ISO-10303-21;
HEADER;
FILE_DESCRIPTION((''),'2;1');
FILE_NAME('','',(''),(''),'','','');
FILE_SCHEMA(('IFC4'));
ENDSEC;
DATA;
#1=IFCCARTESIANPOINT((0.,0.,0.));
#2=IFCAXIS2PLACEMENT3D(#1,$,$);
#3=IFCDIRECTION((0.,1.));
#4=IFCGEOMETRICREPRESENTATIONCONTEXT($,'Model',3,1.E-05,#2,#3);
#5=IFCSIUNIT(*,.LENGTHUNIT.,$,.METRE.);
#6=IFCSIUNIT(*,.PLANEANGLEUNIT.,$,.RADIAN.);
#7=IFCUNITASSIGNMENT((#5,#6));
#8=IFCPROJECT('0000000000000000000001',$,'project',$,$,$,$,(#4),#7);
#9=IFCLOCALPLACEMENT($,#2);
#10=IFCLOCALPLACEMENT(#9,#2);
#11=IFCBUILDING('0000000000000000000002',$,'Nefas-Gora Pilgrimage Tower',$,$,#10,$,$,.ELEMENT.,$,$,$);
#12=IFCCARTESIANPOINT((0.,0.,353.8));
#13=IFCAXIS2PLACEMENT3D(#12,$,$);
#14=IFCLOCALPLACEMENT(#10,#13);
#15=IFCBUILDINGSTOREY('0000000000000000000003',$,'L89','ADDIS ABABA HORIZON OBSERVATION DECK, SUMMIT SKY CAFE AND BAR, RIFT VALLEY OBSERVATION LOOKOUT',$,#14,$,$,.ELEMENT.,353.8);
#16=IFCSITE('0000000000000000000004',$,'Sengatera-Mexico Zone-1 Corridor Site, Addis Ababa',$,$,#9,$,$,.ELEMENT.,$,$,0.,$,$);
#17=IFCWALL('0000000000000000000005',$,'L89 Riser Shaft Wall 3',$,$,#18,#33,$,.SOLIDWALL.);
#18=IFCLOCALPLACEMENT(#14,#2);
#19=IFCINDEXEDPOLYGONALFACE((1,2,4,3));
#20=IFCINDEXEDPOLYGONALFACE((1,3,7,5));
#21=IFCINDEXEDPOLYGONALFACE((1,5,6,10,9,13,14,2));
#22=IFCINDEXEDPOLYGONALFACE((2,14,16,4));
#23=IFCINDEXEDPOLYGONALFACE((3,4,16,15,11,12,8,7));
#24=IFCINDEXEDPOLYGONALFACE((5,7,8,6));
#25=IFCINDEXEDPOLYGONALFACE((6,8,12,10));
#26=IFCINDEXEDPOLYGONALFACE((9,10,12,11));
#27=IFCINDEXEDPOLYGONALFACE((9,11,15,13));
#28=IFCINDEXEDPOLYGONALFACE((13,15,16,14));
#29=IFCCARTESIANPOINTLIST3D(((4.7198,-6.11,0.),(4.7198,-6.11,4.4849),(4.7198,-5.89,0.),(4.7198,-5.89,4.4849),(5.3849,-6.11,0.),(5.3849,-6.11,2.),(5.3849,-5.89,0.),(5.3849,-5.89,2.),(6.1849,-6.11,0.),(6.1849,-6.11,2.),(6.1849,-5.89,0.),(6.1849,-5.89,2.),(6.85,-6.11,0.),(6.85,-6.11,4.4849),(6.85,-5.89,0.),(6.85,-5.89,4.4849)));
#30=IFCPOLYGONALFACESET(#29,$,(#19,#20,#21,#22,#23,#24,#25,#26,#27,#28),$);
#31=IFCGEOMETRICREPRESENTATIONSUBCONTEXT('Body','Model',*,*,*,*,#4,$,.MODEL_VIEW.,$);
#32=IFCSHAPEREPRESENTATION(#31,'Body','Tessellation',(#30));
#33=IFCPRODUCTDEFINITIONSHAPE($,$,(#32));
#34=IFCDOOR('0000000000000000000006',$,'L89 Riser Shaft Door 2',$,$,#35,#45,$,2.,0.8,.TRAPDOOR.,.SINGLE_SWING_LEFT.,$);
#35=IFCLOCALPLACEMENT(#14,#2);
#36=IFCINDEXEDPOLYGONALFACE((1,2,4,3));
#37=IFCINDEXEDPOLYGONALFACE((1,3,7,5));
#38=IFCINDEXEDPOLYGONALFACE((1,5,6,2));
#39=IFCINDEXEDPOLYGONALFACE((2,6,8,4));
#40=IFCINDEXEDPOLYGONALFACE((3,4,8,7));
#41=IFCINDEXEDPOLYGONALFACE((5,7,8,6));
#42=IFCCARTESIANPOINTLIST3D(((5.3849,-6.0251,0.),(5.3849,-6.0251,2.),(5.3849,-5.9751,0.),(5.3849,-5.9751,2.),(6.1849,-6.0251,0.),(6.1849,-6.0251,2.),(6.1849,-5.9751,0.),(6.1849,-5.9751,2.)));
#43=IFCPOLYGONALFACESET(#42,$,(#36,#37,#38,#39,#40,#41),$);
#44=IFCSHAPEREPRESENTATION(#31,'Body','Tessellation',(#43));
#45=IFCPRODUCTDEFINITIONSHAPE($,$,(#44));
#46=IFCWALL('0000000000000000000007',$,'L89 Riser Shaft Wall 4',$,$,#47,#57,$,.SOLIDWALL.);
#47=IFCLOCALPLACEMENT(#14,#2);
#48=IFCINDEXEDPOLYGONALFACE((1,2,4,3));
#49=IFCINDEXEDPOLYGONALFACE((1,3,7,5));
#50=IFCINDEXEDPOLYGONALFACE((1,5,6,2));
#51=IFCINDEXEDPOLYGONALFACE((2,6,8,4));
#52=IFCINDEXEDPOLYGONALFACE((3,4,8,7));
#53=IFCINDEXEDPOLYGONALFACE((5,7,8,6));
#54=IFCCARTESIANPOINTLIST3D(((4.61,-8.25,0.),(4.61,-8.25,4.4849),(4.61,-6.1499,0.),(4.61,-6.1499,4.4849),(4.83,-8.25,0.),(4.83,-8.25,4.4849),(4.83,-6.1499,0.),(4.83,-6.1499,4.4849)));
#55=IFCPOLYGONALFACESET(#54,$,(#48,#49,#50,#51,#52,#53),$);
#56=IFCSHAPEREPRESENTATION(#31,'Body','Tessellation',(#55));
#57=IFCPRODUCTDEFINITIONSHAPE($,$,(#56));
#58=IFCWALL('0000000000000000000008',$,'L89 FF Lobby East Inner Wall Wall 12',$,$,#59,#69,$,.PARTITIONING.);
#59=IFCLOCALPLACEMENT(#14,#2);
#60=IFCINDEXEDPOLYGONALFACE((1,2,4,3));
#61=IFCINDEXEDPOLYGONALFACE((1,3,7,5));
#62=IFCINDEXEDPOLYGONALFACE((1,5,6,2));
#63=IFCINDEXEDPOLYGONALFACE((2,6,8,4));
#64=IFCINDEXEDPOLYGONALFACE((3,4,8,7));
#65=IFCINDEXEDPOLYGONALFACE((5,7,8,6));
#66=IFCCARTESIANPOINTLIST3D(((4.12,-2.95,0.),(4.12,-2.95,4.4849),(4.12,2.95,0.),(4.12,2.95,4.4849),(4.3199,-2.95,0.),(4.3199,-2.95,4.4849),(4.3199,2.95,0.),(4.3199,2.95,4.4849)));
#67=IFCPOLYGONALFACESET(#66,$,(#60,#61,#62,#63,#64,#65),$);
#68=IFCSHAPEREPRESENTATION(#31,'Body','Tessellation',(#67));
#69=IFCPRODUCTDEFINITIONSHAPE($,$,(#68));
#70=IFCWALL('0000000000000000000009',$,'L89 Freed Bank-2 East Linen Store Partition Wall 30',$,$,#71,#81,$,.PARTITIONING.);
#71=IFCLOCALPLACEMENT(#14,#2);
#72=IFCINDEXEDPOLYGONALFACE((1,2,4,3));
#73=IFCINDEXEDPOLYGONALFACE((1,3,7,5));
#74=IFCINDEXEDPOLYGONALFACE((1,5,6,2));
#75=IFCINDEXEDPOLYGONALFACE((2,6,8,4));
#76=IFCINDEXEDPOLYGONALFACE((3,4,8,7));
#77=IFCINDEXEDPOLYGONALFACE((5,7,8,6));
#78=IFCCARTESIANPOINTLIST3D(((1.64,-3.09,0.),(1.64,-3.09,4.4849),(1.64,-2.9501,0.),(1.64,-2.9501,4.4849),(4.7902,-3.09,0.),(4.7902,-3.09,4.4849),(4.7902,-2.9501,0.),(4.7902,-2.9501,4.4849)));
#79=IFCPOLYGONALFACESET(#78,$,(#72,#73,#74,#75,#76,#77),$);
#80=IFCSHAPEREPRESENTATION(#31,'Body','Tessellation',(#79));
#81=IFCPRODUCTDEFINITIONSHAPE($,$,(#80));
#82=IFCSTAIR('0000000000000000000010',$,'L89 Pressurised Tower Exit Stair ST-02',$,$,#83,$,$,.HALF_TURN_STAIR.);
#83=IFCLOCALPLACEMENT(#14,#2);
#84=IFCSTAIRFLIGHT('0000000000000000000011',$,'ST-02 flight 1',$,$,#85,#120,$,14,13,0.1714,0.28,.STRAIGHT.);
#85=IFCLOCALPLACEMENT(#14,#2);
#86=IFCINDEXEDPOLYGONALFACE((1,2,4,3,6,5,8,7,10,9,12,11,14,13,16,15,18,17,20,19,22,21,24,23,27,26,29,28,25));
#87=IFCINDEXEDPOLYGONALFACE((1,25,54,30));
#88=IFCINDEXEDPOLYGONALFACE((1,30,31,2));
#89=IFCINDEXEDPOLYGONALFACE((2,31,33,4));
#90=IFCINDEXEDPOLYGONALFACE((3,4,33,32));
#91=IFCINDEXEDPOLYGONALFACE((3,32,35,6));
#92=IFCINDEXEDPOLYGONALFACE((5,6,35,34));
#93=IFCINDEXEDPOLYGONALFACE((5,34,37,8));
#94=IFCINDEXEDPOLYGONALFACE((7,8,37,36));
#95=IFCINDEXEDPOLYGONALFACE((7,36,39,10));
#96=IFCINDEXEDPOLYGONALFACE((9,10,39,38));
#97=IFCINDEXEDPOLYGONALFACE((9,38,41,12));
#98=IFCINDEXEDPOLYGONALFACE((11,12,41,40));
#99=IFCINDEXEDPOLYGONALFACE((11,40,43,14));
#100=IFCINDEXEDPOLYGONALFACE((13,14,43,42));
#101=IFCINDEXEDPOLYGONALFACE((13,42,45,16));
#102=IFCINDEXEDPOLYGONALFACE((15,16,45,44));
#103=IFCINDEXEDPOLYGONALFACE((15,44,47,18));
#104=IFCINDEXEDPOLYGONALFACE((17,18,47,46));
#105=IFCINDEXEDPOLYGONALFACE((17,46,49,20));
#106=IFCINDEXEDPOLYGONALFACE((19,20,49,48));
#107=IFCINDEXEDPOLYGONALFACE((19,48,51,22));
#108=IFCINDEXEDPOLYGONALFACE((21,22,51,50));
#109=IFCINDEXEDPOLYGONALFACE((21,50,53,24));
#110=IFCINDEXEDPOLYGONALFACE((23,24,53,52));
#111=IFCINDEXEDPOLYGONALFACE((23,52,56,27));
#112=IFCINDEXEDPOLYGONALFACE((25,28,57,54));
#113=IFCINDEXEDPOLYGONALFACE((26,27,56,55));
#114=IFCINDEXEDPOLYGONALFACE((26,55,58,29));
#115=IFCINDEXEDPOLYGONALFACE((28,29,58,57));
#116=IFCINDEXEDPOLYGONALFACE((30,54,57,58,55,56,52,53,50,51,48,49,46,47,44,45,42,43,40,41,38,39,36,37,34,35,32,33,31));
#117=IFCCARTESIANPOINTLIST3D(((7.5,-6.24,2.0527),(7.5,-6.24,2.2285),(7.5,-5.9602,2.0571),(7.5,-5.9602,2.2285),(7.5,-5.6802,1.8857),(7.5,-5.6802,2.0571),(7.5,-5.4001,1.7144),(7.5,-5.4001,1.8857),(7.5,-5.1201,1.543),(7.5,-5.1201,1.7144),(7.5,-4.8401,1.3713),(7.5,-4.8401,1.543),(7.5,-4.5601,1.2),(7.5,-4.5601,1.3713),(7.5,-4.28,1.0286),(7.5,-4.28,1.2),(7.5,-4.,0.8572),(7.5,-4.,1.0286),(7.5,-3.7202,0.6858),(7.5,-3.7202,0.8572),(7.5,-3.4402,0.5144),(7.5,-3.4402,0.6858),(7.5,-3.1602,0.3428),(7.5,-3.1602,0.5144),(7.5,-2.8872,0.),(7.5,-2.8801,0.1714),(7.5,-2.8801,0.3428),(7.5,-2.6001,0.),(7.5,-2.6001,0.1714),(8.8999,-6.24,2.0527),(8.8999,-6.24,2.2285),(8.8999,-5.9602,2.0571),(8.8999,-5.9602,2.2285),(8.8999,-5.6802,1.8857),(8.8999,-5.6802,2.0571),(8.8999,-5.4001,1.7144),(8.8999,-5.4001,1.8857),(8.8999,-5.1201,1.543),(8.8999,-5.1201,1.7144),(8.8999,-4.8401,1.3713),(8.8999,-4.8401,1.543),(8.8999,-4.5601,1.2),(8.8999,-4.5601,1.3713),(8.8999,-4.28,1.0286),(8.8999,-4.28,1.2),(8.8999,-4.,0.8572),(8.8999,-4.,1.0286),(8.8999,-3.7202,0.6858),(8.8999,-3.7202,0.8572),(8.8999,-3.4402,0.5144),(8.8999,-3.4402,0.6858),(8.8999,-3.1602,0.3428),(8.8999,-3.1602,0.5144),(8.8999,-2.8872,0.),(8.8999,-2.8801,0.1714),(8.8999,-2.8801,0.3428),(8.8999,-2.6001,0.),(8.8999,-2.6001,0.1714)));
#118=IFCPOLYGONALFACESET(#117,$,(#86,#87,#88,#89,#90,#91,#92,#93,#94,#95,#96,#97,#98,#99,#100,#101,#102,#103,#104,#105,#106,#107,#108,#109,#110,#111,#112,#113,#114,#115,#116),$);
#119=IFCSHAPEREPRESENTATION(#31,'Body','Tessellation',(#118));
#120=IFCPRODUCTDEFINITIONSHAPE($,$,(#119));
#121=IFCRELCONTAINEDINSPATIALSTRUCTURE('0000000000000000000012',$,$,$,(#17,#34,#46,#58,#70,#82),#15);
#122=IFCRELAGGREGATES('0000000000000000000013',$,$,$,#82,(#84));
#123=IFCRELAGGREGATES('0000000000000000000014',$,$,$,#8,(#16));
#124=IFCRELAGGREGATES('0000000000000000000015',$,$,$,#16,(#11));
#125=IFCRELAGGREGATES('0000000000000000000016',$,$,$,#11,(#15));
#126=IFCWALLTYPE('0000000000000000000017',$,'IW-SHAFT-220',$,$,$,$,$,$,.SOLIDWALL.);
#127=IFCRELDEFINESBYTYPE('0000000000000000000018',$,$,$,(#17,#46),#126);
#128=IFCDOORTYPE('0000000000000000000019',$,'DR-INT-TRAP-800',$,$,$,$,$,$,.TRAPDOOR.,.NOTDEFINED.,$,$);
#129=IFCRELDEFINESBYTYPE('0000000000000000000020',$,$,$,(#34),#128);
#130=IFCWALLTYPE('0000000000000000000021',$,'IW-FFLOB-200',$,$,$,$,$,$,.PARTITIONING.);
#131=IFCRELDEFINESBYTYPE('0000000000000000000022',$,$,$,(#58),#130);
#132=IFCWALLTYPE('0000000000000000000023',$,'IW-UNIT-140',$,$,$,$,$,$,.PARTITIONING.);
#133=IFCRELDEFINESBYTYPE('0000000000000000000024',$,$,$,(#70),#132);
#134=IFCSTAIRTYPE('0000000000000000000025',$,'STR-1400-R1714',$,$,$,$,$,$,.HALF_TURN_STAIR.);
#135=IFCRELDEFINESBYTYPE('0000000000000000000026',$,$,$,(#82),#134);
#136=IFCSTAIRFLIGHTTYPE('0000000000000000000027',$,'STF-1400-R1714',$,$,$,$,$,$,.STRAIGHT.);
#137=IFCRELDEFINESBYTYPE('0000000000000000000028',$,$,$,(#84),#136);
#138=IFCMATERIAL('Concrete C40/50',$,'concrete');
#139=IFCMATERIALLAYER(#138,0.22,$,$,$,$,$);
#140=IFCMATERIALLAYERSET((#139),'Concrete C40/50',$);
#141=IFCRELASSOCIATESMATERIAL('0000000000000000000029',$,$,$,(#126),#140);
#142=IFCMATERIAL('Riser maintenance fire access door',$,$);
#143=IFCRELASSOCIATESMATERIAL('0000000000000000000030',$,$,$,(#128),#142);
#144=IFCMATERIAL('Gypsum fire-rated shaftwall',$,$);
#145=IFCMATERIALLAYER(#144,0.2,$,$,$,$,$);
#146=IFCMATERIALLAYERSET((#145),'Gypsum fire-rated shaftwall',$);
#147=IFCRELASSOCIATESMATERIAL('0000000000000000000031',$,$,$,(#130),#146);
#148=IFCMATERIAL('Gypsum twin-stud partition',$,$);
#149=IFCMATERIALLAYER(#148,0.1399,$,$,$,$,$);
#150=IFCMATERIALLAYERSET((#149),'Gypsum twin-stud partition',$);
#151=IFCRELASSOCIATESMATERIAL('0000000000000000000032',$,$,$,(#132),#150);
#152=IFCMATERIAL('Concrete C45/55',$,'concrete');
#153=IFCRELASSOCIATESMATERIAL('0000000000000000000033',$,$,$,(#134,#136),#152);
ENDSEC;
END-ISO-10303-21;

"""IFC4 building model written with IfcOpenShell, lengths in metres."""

from ifc_helpers import new_model, si_unit, direction, frame, frame_2d, origin, place, context, subcontext, project, spatial, polyline, rectangle, outline, extrude, source, transform, mapped, material, layer, layer_set, type_object, element, fill, aggregate, save


model = new_model("IFC4")

# Units and contexts
model_context = context("Model", 3, precision=1e-05, world=origin(), true_north=direction((0.0, 1.0)))
body_context = subcontext(model_context, "Body", "Model", "MODEL_VIEW")
ifc_project = project(units=[si_unit("LENGTHUNIT", "METRE"), si_unit("PLANEANGLEUNIT", "RADIAN")], contexts=[model_context])

# Site, building, storey
site_placement = place(None, origin())
site = spatial("IfcSite", under=ifc_project, at=site_placement, Name="Sengatera-Mexico Zone-1 Corridor Site, Addis Ababa", CompositionType="ELEMENT", RefElevation=0.0)
building_placement = place(site_placement, origin())
building = spatial("IfcBuilding", under=site, at=building_placement, Name="Nefas-Gora Pilgrimage Tower", CompositionType="ELEMENT")
storey_placement = place(building_placement, frame((0.0, 0.0, 353.8)))
storey = spatial("IfcBuildingStorey", under=building, at=storey_placement, Name="L89", Description="ADDIS ABABA HORIZON OBSERVATION DECK, SUMMIT SKY CAFE AND BAR, RIFT VALLEY OBSERVATION LOOKOUT", CompositionType="ELEMENT", Elevation=353.8)

# Shared definitions
ifc_material_1 = material(Name="Concrete C45/55", Category="concrete")

# Shared definitions
ifc_material_2 = material(Name="Concrete C40/50", Category="concrete")
ifc_layer_1 = layer(ifc_material_2, 0.22)
ifc_layer_set_1 = layer_set([ifc_layer_1], Name="Concrete C40/50")
wall_type_1 = type_object("IfcWallType", Name="IW-SHAFT-220", PredefinedType="SOLIDWALL", material=ifc_layer_set_1)

# Shared definitions
shared_shape_1 = source(origin(), body_context, "Body", "SweptSolid", [
    extrude(rectangle(XDim=2.1301, YDim=0.22, at=frame_2d((1.0649, 0.0))), origin(), (0.0, 0.0, 1.0), 4.4849),
])

# Wall, opening, door
wall_1_placement = place(storey_placement, frame((4.72, -6.0, 0.0), z_axis=(0.0, 0.0, 1.0), x_axis=(1.0, 0.0, 0.0)))
wall_1 = element("IfcWall", 1, at=wall_1_placement, inside=storey, type_object=wall_type_1, Name="L89 Riser Shaft Wall 3", PredefinedType="SOLIDWALL", context=body_context, shape_type="MappedRepresentation", body=[
    mapped(shared_shape_1, transform((0.0, 0.0, 0.0), x_axis=(1.0, 0.0, 0.0), y_axis=(0.0, 1.0, 0.0), z_axis=(0.0, 0.0, 1.0), scale=1.0)),
])
opening_1_placement = place(wall_1_placement, frame((0.665, 0.0, 0.0)))
opening_1 = element("IfcOpeningElement", 2, at=opening_1_placement, cuts=wall_1, PredefinedType="OPENING", context=body_context, shape_type="SweptSolid", body=[
    extrude(rectangle(XDim=0.8, YDim=2.0, at=frame_2d((0.3999, 1.0))), frame((0.0, 0.1199, 0.0), z_axis=(0.0, -1.0, 0.0), x_axis=(1.0, 0.0, 0.0)), (0.0, 0.0, 1.0), 0.24),
])
ifc_material_3 = material(Name="Riser maintenance fire access door")
door_type_1 = type_object("IfcDoorType", Name="DR-INT-TRAP-800", OperationType="NOTDEFINED", PredefinedType="TRAPDOOR", material=ifc_material_3)
shared_shape_2 = source(origin(), body_context, "Body", "SweptSolid", [
    extrude(rectangle(XDim=0.8, YDim=2.0, at=frame_2d((0.3999, 1.0))), frame((0.0, 0.0249, 0.0), z_axis=(0.0, -1.0, 0.0), x_axis=(1.0, 0.0, 0.0)), (0.0, 0.0, 1.0), 0.05),
])
door_1_placement = place(opening_1_placement, origin())
door_1 = element("IfcDoor", 3, at=door_1_placement, inside=storey, type_object=door_type_1, Name="L89 Riser Shaft Door 2", OperationType="SINGLE_SWING_LEFT", OverallHeight=2.0, OverallWidth=0.8, PredefinedType="TRAPDOOR", context=body_context, shape_type="MappedRepresentation", body=[
    mapped(shared_shape_2, transform((0.0, 0.0, 0.0), x_axis=(1.0, 0.0, 0.0), y_axis=(0.0, 1.0, 0.0), z_axis=(0.0, 0.0, 1.0), scale=1.0)),
])
fill(opening_1, door_1)

# Walls
shared_shape_3 = source(origin(), body_context, "Body", "SweptSolid", [
    extrude(rectangle(XDim=2.1001, YDim=0.22, at=frame_2d((1.05, 0.0))), origin(), (0.0, 0.0, 1.0), 4.4849),
])
wall_2_placement = place(storey_placement, frame((4.72, -8.25, 0.0), z_axis=(0.0, 0.0, 1.0), x_axis=(0.0, 1.0, 0.0)))
element("IfcWall", 4, at=wall_2_placement, inside=storey, type_object=wall_type_1, Name="L89 Riser Shaft Wall 4", PredefinedType="SOLIDWALL", context=body_context, shape_type="MappedRepresentation", body=[
    mapped(shared_shape_3, transform((0.0, 0.0, 0.0), x_axis=(1.0, 0.0, 0.0), y_axis=(0.0, 1.0, 0.0), z_axis=(0.0, 0.0, 1.0), scale=1.0)),
])
ifc_material_4 = material(Name="Gypsum fire-rated shaftwall")
ifc_layer_2 = layer(ifc_material_4, 0.2)
ifc_layer_set_2 = layer_set([ifc_layer_2], Name="Gypsum fire-rated shaftwall")
wall_type_2 = type_object("IfcWallType", Name="IW-FFLOB-200", PredefinedType="PARTITIONING", material=ifc_layer_set_2)
shared_shape_4 = source(origin(), body_context, "Body", "SweptSolid", [
    extrude(rectangle(XDim=5.8999, YDim=0.2, at=frame_2d((2.95, 0.0))), origin(), (0.0, 0.0, 1.0), 4.4849),
])
wall_3_placement = place(storey_placement, frame((4.22, -2.95, 0.0), z_axis=(0.0, 0.0, 1.0), x_axis=(0.0, 1.0, 0.0)))
element("IfcWall", 5, at=wall_3_placement, inside=storey, type_object=wall_type_2, Name="L89 FF Lobby East Inner Wall Wall 12", PredefinedType="PARTITIONING", context=body_context, shape_type="MappedRepresentation", body=[
    mapped(shared_shape_4, transform((0.0, 0.0, 0.0), x_axis=(1.0, 0.0, 0.0), y_axis=(0.0, 1.0, 0.0), z_axis=(0.0, 0.0, 1.0), scale=1.0)),
])
ifc_material_5 = material(Name="Gypsum twin-stud partition")
ifc_layer_3 = layer(ifc_material_5, 0.1399)
ifc_layer_set_3 = layer_set([ifc_layer_3], Name="Gypsum twin-stud partition")
wall_type_3 = type_object("IfcWallType", Name="IW-UNIT-140", PredefinedType="PARTITIONING", material=ifc_layer_set_3)
shared_shape_5 = source(origin(), body_context, "Body", "SweptSolid", [
    extrude(rectangle(XDim=3.1501, YDim=0.1399, at=frame_2d((1.5752, 0.0))), origin(), (0.0, 0.0, 1.0), 4.4849),
])
wall_4_placement = place(storey_placement, frame((1.6399, -3.02, 0.0), z_axis=(0.0, 0.0, 1.0), x_axis=(1.0, 0.0, 0.0)))
element("IfcWall", 6, at=wall_4_placement, inside=storey, type_object=wall_type_3, Name="L89 Freed Bank-2 East Linen Store Partition Wall 30", PredefinedType="PARTITIONING", context=body_context, shape_type="MappedRepresentation", body=[
    mapped(shared_shape_5, transform((0.0, 0.0, 0.0), x_axis=(1.0, 0.0, 0.0), y_axis=(0.0, 1.0, 0.0), z_axis=(0.0, 0.0, 1.0), scale=1.0)),
])

# Stair, stair flight
stair_type = type_object("IfcStairType", Name="STR-1400-R1714", PredefinedType="HALF_TURN_STAIR", material=ifc_material_1)
stair_placement = place(storey_placement, origin())
stair = element("IfcStair", 7, at=stair_placement, inside=storey, type_object=stair_type, Name="L89 Pressurised Tower Exit Stair ST-02", PredefinedType="HALF_TURN_STAIR")
stair_flight_type = type_object("IfcStairFlightType", Name="STF-1400-R1714", PredefinedType="STRAIGHT", material=ifc_material_1)
shared_shape_6 = source(origin(), body_context, "Body", "SweptSolid", [
    extrude(outline(polyline([(0.0, 0.0), (0.0, 0.1714), (0.28, 0.1714), (0.28, 0.3428), (0.5601, 0.3428), (0.5601, 0.5144), (0.8401, 0.5144), (0.8401, 0.6858), (1.1201, 0.6858), (1.1201, 0.8572), (1.3999, 0.8572), (1.3999, 1.0286), (1.6799, 1.0286), (1.6799, 1.2), (1.96, 1.2), (1.96, 1.3713), (2.24, 1.3713), (2.24, 1.543), (2.52, 1.543), (2.52, 1.7144), (2.8, 1.7144), (2.8, 1.8857), (3.0801, 1.8857), (3.0801, 2.0571), (3.3601, 2.0571), (3.3601, 2.2285), (3.6399, 2.2285), (3.6399, 2.3999), (3.6399, 2.0527), (0.2871, 0.0), (0.0, 0.0)])), frame((0.0, 0.7, 0.0), z_axis=(0.0, -1.0, 0.0), x_axis=(1.0, 0.0, 0.0)), (0.0, 0.0, 1.0), 1.3999),
])
stair_flight_placement = place(storey_placement, frame((8.2, -2.6001, 0.0), z_axis=(0.0, 0.0, 1.0), x_axis=(0.0, -1.0, 0.0)))
stair_flight = element("IfcStairFlight", 8, at=stair_flight_placement, type_object=stair_flight_type, Name="ST-02 flight 1", NumberOfRisers=14, NumberOfTreads=13, PredefinedType="STRAIGHT", RiserHeight=0.1714, TreadLength=0.28, context=body_context, shape_type="MappedRepresentation", body=[
    mapped(shared_shape_6, transform((0.0, 0.0, 0.0), x_axis=(1.0, 0.0, 0.0), y_axis=(0.0, 1.0, 0.0), z_axis=(0.0, 0.0, 1.0), scale=1.0)),
])
aggregate(stair, [stair_flight])

save(model, "model.ifc")
